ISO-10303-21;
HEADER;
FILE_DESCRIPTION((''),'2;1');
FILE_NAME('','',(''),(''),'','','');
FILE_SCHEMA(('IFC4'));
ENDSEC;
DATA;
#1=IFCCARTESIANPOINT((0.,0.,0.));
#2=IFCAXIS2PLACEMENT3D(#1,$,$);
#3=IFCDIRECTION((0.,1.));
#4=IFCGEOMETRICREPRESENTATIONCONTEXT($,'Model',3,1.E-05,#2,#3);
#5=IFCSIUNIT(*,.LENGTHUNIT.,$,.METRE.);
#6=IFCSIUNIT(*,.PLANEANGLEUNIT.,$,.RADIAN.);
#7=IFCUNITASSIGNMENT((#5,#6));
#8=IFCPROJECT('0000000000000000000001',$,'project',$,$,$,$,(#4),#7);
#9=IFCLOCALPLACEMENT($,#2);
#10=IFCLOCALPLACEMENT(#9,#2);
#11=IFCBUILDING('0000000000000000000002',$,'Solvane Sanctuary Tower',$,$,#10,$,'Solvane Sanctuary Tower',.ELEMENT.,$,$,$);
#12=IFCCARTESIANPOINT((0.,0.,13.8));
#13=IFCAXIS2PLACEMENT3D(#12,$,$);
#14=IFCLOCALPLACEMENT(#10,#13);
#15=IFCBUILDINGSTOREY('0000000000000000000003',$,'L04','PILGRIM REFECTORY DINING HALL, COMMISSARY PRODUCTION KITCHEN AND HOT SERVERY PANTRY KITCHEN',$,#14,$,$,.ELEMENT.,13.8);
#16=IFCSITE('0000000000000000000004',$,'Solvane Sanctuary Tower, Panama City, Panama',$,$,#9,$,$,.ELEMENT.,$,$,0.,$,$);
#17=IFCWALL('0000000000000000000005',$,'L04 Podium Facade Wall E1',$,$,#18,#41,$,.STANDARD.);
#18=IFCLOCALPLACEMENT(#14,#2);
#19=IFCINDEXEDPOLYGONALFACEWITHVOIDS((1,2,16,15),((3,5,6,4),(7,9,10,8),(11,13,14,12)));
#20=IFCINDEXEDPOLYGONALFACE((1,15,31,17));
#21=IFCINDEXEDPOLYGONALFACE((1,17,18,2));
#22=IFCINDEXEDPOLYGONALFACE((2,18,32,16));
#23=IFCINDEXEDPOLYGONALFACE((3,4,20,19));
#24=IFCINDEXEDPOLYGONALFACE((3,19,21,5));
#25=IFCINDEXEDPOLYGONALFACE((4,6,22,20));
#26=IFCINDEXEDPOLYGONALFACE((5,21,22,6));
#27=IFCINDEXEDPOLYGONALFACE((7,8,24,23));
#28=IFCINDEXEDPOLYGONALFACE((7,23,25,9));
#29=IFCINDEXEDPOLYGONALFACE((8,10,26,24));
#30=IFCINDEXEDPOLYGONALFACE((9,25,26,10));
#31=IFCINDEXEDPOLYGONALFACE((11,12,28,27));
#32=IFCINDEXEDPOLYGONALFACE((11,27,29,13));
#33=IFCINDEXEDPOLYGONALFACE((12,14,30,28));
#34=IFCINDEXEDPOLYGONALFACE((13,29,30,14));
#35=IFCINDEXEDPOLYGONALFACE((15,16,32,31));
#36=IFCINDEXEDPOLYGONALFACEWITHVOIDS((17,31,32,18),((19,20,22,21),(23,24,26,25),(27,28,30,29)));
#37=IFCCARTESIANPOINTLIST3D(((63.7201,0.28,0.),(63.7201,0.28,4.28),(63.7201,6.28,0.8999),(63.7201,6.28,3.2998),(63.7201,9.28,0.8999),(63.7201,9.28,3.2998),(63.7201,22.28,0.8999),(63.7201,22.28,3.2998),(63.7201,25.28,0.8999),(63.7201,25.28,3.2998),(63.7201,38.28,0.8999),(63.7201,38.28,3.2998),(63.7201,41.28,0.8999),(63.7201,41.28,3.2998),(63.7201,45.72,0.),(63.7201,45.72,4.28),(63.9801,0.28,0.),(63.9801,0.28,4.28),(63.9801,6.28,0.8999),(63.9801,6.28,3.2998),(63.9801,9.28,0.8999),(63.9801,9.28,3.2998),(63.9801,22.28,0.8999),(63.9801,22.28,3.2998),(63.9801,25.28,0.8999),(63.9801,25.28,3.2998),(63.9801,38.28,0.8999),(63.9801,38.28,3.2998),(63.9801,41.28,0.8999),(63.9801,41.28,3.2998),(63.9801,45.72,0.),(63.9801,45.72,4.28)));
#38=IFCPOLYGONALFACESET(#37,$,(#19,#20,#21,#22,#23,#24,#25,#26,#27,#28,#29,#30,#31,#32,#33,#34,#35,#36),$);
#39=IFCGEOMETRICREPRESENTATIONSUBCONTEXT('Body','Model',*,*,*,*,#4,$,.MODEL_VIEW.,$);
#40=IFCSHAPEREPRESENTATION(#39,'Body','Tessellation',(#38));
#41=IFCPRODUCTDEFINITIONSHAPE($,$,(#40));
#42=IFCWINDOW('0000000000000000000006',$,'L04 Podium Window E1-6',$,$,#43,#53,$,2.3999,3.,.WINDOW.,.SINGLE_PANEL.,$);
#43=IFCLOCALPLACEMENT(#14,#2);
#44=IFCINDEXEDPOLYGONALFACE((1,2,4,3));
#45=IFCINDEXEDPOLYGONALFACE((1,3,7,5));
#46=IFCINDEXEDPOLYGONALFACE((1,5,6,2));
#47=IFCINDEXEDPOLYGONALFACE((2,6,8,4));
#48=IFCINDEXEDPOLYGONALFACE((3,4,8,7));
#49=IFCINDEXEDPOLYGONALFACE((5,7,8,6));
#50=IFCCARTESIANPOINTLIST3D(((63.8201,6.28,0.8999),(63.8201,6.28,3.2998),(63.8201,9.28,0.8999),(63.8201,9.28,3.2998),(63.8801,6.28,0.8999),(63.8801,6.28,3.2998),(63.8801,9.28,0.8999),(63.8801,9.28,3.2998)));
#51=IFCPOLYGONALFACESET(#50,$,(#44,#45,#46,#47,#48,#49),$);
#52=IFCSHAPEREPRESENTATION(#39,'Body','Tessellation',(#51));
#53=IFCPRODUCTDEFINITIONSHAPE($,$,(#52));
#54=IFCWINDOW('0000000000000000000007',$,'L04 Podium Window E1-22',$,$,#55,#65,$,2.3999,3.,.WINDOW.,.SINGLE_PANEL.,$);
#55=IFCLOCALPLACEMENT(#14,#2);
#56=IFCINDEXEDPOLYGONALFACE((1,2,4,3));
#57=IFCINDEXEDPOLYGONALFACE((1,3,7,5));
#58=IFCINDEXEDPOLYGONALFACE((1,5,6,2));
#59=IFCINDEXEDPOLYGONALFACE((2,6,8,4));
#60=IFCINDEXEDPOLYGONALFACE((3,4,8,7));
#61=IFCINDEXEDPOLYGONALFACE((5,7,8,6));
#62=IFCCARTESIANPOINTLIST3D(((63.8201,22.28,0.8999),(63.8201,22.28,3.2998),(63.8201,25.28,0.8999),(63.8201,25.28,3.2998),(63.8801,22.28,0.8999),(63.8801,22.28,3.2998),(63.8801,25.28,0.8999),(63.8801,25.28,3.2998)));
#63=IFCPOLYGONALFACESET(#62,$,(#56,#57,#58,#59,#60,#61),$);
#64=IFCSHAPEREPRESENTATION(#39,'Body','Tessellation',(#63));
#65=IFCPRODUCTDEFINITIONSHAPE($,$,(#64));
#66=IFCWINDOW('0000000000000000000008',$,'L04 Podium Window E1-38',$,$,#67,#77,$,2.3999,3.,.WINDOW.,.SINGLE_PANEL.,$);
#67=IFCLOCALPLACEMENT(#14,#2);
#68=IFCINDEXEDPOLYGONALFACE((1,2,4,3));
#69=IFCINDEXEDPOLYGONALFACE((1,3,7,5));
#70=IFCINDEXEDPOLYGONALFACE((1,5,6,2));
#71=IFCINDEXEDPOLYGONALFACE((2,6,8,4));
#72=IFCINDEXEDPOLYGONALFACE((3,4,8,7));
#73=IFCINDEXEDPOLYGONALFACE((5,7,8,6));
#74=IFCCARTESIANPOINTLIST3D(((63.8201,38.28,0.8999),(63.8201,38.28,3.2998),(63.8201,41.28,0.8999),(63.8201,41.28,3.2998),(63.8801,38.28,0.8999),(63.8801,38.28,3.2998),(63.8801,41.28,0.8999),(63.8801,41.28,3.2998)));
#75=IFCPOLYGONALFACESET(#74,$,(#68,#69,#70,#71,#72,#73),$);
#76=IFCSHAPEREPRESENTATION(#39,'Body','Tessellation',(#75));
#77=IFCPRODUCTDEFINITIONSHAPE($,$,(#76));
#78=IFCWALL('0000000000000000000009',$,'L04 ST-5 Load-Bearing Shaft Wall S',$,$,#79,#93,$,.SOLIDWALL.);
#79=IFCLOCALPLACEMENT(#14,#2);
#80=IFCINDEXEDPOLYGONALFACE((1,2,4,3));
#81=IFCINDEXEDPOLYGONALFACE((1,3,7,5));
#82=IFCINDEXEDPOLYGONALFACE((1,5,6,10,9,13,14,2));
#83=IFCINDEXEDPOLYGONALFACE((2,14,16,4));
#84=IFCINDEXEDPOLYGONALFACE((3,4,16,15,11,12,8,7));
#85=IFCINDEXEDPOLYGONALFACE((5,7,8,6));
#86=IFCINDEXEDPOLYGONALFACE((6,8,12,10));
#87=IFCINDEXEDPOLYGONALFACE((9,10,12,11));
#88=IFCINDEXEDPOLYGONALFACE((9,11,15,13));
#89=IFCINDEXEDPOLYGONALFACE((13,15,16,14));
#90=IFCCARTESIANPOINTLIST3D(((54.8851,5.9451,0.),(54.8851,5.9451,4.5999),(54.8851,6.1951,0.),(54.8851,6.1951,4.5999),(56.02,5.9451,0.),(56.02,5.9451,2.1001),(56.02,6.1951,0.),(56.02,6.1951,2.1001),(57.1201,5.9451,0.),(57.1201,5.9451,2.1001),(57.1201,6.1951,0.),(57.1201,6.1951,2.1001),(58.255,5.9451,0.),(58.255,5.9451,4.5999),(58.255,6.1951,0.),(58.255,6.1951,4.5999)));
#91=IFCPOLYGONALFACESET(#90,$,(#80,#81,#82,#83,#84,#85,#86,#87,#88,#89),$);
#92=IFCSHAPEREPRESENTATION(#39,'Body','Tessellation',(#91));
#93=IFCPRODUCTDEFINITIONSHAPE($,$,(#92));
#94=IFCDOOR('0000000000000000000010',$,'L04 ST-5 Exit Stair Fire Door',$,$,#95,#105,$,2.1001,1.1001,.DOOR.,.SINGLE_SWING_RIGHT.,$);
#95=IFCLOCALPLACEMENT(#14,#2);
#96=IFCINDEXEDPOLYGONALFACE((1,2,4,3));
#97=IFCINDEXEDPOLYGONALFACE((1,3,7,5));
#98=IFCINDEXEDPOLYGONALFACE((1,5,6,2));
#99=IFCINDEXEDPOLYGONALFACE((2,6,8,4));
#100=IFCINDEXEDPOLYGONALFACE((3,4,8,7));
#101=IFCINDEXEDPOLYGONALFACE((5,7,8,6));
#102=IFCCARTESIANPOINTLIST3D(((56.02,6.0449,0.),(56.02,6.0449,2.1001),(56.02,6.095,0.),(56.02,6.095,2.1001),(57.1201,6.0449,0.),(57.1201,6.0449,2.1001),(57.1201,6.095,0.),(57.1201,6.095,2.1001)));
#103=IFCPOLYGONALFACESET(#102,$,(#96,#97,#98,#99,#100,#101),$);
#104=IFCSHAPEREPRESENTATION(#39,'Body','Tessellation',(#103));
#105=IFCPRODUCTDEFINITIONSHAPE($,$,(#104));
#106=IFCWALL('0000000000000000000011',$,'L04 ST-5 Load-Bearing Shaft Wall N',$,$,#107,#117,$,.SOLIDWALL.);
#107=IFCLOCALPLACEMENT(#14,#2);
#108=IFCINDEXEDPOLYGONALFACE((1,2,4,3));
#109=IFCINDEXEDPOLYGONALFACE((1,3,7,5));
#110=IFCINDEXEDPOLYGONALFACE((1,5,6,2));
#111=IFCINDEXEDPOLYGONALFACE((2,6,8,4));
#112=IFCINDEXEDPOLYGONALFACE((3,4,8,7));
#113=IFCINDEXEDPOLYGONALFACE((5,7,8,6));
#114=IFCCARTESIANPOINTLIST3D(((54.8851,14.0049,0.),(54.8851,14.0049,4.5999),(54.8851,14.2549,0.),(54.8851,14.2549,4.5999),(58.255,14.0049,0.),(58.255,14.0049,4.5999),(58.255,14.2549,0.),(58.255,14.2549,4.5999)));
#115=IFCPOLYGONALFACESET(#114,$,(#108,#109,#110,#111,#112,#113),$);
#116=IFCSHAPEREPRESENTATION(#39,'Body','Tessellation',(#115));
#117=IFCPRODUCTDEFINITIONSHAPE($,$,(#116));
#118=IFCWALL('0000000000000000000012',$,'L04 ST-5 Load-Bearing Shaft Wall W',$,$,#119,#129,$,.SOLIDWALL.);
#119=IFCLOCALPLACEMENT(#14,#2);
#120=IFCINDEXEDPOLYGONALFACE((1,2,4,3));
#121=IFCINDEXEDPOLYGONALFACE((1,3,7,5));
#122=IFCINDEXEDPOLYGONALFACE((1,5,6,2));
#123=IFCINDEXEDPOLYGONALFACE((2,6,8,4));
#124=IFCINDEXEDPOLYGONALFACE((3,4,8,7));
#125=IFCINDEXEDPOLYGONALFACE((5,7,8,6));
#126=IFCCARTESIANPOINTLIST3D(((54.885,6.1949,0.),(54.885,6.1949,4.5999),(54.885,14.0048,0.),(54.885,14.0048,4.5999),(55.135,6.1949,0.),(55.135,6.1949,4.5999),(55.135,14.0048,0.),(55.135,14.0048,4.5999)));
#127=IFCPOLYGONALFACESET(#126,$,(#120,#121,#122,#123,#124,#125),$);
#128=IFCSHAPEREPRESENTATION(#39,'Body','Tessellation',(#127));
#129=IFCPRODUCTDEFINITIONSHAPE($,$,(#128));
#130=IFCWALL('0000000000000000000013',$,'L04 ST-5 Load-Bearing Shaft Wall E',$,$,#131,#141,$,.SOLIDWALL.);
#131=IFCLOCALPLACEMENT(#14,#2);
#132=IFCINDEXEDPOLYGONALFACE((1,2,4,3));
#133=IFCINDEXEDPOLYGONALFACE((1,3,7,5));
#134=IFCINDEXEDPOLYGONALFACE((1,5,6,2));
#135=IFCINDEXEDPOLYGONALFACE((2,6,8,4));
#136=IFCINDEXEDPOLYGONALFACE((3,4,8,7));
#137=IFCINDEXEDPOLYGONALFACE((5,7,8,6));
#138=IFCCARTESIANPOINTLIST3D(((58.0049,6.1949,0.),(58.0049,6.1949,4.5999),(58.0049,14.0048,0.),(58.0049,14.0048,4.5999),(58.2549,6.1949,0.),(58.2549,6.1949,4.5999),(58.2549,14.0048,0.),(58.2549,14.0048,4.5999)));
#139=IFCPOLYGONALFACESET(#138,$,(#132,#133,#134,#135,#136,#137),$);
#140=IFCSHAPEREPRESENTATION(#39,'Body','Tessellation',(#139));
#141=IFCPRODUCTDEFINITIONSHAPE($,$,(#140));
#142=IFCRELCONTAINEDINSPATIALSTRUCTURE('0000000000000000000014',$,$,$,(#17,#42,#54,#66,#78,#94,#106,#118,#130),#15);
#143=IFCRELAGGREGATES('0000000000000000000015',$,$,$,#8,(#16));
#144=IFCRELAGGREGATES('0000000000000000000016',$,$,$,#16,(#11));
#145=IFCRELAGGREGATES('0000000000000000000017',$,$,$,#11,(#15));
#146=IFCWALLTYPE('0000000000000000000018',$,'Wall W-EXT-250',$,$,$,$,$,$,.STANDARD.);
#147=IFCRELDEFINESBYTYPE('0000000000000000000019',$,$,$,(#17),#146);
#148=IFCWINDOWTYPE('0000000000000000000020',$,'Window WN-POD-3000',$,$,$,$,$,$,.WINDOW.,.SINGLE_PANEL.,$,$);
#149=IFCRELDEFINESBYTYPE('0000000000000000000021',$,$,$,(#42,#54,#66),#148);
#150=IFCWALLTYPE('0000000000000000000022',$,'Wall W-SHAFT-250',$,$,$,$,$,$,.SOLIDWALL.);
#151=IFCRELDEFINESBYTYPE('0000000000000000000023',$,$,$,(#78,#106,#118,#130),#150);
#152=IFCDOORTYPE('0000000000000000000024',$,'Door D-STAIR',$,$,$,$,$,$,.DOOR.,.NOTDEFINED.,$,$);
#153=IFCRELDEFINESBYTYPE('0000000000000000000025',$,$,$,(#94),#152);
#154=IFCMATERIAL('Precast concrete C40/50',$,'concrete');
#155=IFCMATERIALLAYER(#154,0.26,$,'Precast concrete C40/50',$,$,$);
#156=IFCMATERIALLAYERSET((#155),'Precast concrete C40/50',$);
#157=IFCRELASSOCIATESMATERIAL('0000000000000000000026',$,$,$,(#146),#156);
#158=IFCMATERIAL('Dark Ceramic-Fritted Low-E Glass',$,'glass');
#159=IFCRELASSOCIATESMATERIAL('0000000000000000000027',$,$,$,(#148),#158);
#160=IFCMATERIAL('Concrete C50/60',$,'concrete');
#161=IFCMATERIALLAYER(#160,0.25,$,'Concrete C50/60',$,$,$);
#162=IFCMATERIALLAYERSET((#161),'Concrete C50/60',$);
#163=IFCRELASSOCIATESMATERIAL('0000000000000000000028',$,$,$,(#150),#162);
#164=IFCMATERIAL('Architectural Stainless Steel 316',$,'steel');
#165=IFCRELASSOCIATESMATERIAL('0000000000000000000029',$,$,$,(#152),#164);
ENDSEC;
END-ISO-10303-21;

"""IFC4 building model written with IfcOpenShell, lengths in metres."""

from ifc_helpers import new_model, si_unit, direction, frame, frame_2d, origin, place, context, subcontext, project, spatial, rectangle, extrude, material, layer, layer_set, type_object, element, fill, save


model = new_model("IFC4")

# Units and contexts
model_context = context("Model", 3, precision=1e-05, world=origin(), true_north=direction((0.0, 1.0)))
body_context = subcontext(model_context, "Body", "Model", "MODEL_VIEW")
ifc_project = project(units=[si_unit("LENGTHUNIT", "METRE"), si_unit("PLANEANGLEUNIT", "RADIAN")], contexts=[model_context])

# Site, building, storey
site_placement = place(None, origin())
site = spatial("IfcSite", under=ifc_project, at=site_placement, Name="Solvane Sanctuary Tower, Panama City, Panama", CompositionType="ELEMENT", RefElevation=0.0)
building_placement = place(site_placement, origin())
building = spatial("IfcBuilding", under=site, at=building_placement, Name="Solvane Sanctuary Tower", LongName="Solvane Sanctuary Tower", CompositionType="ELEMENT")
storey_placement = place(building_placement, frame((0.0, 0.0, 13.8)))
storey = spatial("IfcBuildingStorey", under=building, at=storey_placement, Name="L04", Description="PILGRIM REFECTORY DINING HALL, COMMISSARY PRODUCTION KITCHEN AND HOT SERVERY PANTRY KITCHEN", CompositionType="ELEMENT", Elevation=13.8)

# Wall, openings, windows
ifc_material_1 = material(Name="Precast concrete C40/50", Category="concrete")
ifc_layer_1 = layer(ifc_material_1, 0.26, Name="Precast concrete C40/50")
ifc_layer_set_1 = layer_set([ifc_layer_1], Name="Precast concrete C40/50")
wall_type_1 = type_object("IfcWallType", Name="Wall W-EXT-250", PredefinedType="STANDARD", material=ifc_layer_set_1)
wall_1_placement = place(storey_placement, frame((63.8501, 0.28, 0.0), z_axis=(0.0, 0.0, 1.0), x_axis=(0.0, 1.0, 0.0)))
wall_1 = element("IfcWall", 1, at=wall_1_placement, inside=storey, type_object=wall_type_1, Name="L04 Podium Facade Wall E1", PredefinedType="STANDARD", context=body_context, shape_type="SweptSolid", body=[
    extrude(rectangle(XDim=45.4399, YDim=0.26, at=frame_2d((22.72, 0.0))), origin(), (0.0, 0.0, 1.0), 4.28),
])
opening_1_placement = place(wall_1_placement, frame((6.0, 0.0, 0.8999)))
opening_1 = element("IfcOpeningElement", 2, at=opening_1_placement, cuts=wall_1, PredefinedType="OPENING", context=body_context, shape_type="SweptSolid", body=[
    extrude(rectangle(XDim=3.0, YDim=2.3999, at=frame_2d((1.5, 1.2))), frame((0.0, 0.1399, 0.0), z_axis=(0.0, -1.0, 0.0), x_axis=(1.0, 0.0, 0.0)), (0.0, 0.0, 1.0), 0.28),
])
opening_2_placement = place(wall_1_placement, frame((22.0, 0.0, 0.8999)))
opening_2 = element("IfcOpeningElement", 3, at=opening_2_placement, cuts=wall_1, PredefinedType="OPENING", context=body_context, shape_type="SweptSolid", body=[
    extrude(rectangle(XDim=3.0, YDim=2.3999, at=frame_2d((1.5, 1.2))), frame((0.0, 0.1399, 0.0), z_axis=(0.0, -1.0, 0.0), x_axis=(1.0, 0.0, 0.0)), (0.0, 0.0, 1.0), 0.28),
])
opening_3_placement = place(wall_1_placement, frame((38.0, 0.0, 0.8999)))
opening_3 = element("IfcOpeningElement", 4, at=opening_3_placement, cuts=wall_1, PredefinedType="OPENING", context=body_context, shape_type="SweptSolid", body=[
    extrude(rectangle(XDim=3.0, YDim=2.3999, at=frame_2d((1.5, 1.2))), frame((0.0, 0.1399, 0.0), z_axis=(0.0, -1.0, 0.0), x_axis=(1.0, 0.0, 0.0)), (0.0, 0.0, 1.0), 0.28),
])
ifc_material_2 = material(Name="Dark Ceramic-Fritted Low-E Glass", Category="glass")
window_type = type_object("IfcWindowType", Name="Window WN-POD-3000", PartitioningType="SINGLE_PANEL", PredefinedType="WINDOW", material=ifc_material_2)
window_1_placement = place(opening_1_placement, origin())
window_1 = element("IfcWindow", 5, at=window_1_placement, inside=storey, type_object=window_type, Name="L04 Podium Window E1-6", OverallHeight=2.3999, OverallWidth=3.0, PartitioningType="SINGLE_PANEL", PredefinedType="WINDOW", context=body_context, shape_type="SweptSolid", body=[
    extrude(rectangle(XDim=3.0, YDim=2.3999, at=frame_2d((1.5, 1.2))), frame((0.0, 0.03, 0.0), z_axis=(0.0, -1.0, 0.0), x_axis=(1.0, 0.0, 0.0)), (0.0, 0.0, 1.0), 0.0601),
])
fill(opening_1, window_1)
window_2_placement = place(opening_2_placement, origin())
window_2 = element("IfcWindow", 6, at=window_2_placement, inside=storey, type_object=window_type, Name="L04 Podium Window E1-22", OverallHeight=2.3999, OverallWidth=3.0, PartitioningType="SINGLE_PANEL", PredefinedType="WINDOW", context=body_context, shape_type="SweptSolid", body=[
    extrude(rectangle(XDim=3.0, YDim=2.3999, at=frame_2d((1.5, 1.2))), frame((0.0, 0.03, 0.0), z_axis=(0.0, -1.0, 0.0), x_axis=(1.0, 0.0, 0.0)), (0.0, 0.0, 1.0), 0.0601),
])
fill(opening_2, window_2)
window_3_placement = place(opening_3_placement, origin())
window_3 = element("IfcWindow", 7, at=window_3_placement, inside=storey, type_object=window_type, Name="L04 Podium Window E1-38", OverallHeight=2.3999, OverallWidth=3.0, PartitioningType="SINGLE_PANEL", PredefinedType="WINDOW", context=body_context, shape_type="SweptSolid", body=[
    extrude(rectangle(XDim=3.0, YDim=2.3999, at=frame_2d((1.5, 1.2))), frame((0.0, 0.03, 0.0), z_axis=(0.0, -1.0, 0.0), x_axis=(1.0, 0.0, 0.0)), (0.0, 0.0, 1.0), 0.0601),
])
fill(opening_3, window_3)

# Wall, opening, door
ifc_material_3 = material(Name="Concrete C50/60", Category="concrete")
ifc_layer_2 = layer(ifc_material_3, 0.25, Name="Concrete C50/60")
ifc_layer_set_2 = layer_set([ifc_layer_2], Name="Concrete C50/60")
wall_type_2 = type_object("IfcWallType", Name="Wall W-SHAFT-250", PredefinedType="SOLIDWALL", material=ifc_layer_set_2)
wall_2_placement = place(storey_placement, frame((54.885, 6.0701, 0.0), z_axis=(0.0, 0.0, 1.0), x_axis=(1.0, 0.0, 0.0)))
wall_2 = element("IfcWall", 8, at=wall_2_placement, inside=storey, type_object=wall_type_2, Name="L04 ST-5 Load-Bearing Shaft Wall S", PredefinedType="SOLIDWALL", context=body_context, shape_type="SweptSolid", body=[
    extrude(rectangle(XDim=3.3699, YDim=0.25, at=frame_2d((1.6851, 0.0))), origin(), (0.0, 0.0, 1.0), 4.5999),
])
opening_4_placement = place(wall_2_placement, frame((1.135, 0.0, 0.0)))
opening_4 = element("IfcOpeningElement", 9, at=opening_4_placement, cuts=wall_2, PredefinedType="OPENING", context=body_context, shape_type="SweptSolid", body=[
    extrude(rectangle(XDim=1.1001, YDim=2.1001, at=frame_2d((0.55, 1.05))), frame((0.0, 0.135, 0.0), z_axis=(0.0, -1.0, 0.0), x_axis=(1.0, 0.0, 0.0)), (0.0, 0.0, 1.0), 0.27),
])
ifc_material_4 = material(Name="Architectural Stainless Steel 316", Category="steel")
door_type = type_object("IfcDoorType", Name="Door D-STAIR", OperationType="NOTDEFINED", PredefinedType="DOOR", material=ifc_material_4)
door_placement = place(opening_4_placement, origin())
door = element("IfcDoor", 10, at=door_placement, inside=storey, type_object=door_type, Name="L04 ST-5 Exit Stair Fire Door", OperationType="SINGLE_SWING_RIGHT", OverallHeight=2.1001, OverallWidth=1.1001, PredefinedType="DOOR", context=body_context, shape_type="SweptSolid", body=[
    extrude(rectangle(XDim=1.1001, YDim=2.1001, at=frame_2d((0.55, 1.05))), frame((0.0, 0.0249, 0.0), z_axis=(0.0, -1.0, 0.0), x_axis=(1.0, 0.0, 0.0)), (0.0, 0.0, 1.0), 0.05),
])
fill(opening_4, door)

# Walls
wall_3_placement = place(storey_placement, frame((54.885, 14.1299, 0.0), z_axis=(0.0, 0.0, 1.0), x_axis=(1.0, 0.0, 0.0)))
element("IfcWall", 11, at=wall_3_placement, inside=storey, type_object=wall_type_2, Name="L04 ST-5 Load-Bearing Shaft Wall N", PredefinedType="SOLIDWALL", context=body_context, shape_type="SweptSolid", body=[
    extrude(rectangle(XDim=3.3699, YDim=0.25, at=frame_2d((1.6851, 0.0))), origin(), (0.0, 0.0, 1.0), 4.5999),
])
for number, where, z_axis, x_axis, name in (
    (12, (55.01, 6.1951, 0.0), (0.0, 0.0, 1.0), (0.0, 1.0, 0.0), "L04 ST-5 Load-Bearing Shaft Wall W"),
    (13, (58.1299, 6.1951, 0.0), (0.0, 0.0, 1.0), (0.0, 1.0, 0.0), "L04 ST-5 Load-Bearing Shaft Wall E"),
):
    element("IfcWall", number, at=place(storey_placement, frame(where, z_axis=z_axis, x_axis=x_axis)), inside=storey, type_object=wall_type_2, Name=name, PredefinedType="SOLIDWALL", context=body_context, shape_type="SweptSolid", body=[
        extrude(rectangle(XDim=7.8098, YDim=0.25, at=frame_2d((3.9048, 0.0))), origin(), (0.0, 0.0, 1.0), 4.5999),
    ])

save(model, "model.ifc")
